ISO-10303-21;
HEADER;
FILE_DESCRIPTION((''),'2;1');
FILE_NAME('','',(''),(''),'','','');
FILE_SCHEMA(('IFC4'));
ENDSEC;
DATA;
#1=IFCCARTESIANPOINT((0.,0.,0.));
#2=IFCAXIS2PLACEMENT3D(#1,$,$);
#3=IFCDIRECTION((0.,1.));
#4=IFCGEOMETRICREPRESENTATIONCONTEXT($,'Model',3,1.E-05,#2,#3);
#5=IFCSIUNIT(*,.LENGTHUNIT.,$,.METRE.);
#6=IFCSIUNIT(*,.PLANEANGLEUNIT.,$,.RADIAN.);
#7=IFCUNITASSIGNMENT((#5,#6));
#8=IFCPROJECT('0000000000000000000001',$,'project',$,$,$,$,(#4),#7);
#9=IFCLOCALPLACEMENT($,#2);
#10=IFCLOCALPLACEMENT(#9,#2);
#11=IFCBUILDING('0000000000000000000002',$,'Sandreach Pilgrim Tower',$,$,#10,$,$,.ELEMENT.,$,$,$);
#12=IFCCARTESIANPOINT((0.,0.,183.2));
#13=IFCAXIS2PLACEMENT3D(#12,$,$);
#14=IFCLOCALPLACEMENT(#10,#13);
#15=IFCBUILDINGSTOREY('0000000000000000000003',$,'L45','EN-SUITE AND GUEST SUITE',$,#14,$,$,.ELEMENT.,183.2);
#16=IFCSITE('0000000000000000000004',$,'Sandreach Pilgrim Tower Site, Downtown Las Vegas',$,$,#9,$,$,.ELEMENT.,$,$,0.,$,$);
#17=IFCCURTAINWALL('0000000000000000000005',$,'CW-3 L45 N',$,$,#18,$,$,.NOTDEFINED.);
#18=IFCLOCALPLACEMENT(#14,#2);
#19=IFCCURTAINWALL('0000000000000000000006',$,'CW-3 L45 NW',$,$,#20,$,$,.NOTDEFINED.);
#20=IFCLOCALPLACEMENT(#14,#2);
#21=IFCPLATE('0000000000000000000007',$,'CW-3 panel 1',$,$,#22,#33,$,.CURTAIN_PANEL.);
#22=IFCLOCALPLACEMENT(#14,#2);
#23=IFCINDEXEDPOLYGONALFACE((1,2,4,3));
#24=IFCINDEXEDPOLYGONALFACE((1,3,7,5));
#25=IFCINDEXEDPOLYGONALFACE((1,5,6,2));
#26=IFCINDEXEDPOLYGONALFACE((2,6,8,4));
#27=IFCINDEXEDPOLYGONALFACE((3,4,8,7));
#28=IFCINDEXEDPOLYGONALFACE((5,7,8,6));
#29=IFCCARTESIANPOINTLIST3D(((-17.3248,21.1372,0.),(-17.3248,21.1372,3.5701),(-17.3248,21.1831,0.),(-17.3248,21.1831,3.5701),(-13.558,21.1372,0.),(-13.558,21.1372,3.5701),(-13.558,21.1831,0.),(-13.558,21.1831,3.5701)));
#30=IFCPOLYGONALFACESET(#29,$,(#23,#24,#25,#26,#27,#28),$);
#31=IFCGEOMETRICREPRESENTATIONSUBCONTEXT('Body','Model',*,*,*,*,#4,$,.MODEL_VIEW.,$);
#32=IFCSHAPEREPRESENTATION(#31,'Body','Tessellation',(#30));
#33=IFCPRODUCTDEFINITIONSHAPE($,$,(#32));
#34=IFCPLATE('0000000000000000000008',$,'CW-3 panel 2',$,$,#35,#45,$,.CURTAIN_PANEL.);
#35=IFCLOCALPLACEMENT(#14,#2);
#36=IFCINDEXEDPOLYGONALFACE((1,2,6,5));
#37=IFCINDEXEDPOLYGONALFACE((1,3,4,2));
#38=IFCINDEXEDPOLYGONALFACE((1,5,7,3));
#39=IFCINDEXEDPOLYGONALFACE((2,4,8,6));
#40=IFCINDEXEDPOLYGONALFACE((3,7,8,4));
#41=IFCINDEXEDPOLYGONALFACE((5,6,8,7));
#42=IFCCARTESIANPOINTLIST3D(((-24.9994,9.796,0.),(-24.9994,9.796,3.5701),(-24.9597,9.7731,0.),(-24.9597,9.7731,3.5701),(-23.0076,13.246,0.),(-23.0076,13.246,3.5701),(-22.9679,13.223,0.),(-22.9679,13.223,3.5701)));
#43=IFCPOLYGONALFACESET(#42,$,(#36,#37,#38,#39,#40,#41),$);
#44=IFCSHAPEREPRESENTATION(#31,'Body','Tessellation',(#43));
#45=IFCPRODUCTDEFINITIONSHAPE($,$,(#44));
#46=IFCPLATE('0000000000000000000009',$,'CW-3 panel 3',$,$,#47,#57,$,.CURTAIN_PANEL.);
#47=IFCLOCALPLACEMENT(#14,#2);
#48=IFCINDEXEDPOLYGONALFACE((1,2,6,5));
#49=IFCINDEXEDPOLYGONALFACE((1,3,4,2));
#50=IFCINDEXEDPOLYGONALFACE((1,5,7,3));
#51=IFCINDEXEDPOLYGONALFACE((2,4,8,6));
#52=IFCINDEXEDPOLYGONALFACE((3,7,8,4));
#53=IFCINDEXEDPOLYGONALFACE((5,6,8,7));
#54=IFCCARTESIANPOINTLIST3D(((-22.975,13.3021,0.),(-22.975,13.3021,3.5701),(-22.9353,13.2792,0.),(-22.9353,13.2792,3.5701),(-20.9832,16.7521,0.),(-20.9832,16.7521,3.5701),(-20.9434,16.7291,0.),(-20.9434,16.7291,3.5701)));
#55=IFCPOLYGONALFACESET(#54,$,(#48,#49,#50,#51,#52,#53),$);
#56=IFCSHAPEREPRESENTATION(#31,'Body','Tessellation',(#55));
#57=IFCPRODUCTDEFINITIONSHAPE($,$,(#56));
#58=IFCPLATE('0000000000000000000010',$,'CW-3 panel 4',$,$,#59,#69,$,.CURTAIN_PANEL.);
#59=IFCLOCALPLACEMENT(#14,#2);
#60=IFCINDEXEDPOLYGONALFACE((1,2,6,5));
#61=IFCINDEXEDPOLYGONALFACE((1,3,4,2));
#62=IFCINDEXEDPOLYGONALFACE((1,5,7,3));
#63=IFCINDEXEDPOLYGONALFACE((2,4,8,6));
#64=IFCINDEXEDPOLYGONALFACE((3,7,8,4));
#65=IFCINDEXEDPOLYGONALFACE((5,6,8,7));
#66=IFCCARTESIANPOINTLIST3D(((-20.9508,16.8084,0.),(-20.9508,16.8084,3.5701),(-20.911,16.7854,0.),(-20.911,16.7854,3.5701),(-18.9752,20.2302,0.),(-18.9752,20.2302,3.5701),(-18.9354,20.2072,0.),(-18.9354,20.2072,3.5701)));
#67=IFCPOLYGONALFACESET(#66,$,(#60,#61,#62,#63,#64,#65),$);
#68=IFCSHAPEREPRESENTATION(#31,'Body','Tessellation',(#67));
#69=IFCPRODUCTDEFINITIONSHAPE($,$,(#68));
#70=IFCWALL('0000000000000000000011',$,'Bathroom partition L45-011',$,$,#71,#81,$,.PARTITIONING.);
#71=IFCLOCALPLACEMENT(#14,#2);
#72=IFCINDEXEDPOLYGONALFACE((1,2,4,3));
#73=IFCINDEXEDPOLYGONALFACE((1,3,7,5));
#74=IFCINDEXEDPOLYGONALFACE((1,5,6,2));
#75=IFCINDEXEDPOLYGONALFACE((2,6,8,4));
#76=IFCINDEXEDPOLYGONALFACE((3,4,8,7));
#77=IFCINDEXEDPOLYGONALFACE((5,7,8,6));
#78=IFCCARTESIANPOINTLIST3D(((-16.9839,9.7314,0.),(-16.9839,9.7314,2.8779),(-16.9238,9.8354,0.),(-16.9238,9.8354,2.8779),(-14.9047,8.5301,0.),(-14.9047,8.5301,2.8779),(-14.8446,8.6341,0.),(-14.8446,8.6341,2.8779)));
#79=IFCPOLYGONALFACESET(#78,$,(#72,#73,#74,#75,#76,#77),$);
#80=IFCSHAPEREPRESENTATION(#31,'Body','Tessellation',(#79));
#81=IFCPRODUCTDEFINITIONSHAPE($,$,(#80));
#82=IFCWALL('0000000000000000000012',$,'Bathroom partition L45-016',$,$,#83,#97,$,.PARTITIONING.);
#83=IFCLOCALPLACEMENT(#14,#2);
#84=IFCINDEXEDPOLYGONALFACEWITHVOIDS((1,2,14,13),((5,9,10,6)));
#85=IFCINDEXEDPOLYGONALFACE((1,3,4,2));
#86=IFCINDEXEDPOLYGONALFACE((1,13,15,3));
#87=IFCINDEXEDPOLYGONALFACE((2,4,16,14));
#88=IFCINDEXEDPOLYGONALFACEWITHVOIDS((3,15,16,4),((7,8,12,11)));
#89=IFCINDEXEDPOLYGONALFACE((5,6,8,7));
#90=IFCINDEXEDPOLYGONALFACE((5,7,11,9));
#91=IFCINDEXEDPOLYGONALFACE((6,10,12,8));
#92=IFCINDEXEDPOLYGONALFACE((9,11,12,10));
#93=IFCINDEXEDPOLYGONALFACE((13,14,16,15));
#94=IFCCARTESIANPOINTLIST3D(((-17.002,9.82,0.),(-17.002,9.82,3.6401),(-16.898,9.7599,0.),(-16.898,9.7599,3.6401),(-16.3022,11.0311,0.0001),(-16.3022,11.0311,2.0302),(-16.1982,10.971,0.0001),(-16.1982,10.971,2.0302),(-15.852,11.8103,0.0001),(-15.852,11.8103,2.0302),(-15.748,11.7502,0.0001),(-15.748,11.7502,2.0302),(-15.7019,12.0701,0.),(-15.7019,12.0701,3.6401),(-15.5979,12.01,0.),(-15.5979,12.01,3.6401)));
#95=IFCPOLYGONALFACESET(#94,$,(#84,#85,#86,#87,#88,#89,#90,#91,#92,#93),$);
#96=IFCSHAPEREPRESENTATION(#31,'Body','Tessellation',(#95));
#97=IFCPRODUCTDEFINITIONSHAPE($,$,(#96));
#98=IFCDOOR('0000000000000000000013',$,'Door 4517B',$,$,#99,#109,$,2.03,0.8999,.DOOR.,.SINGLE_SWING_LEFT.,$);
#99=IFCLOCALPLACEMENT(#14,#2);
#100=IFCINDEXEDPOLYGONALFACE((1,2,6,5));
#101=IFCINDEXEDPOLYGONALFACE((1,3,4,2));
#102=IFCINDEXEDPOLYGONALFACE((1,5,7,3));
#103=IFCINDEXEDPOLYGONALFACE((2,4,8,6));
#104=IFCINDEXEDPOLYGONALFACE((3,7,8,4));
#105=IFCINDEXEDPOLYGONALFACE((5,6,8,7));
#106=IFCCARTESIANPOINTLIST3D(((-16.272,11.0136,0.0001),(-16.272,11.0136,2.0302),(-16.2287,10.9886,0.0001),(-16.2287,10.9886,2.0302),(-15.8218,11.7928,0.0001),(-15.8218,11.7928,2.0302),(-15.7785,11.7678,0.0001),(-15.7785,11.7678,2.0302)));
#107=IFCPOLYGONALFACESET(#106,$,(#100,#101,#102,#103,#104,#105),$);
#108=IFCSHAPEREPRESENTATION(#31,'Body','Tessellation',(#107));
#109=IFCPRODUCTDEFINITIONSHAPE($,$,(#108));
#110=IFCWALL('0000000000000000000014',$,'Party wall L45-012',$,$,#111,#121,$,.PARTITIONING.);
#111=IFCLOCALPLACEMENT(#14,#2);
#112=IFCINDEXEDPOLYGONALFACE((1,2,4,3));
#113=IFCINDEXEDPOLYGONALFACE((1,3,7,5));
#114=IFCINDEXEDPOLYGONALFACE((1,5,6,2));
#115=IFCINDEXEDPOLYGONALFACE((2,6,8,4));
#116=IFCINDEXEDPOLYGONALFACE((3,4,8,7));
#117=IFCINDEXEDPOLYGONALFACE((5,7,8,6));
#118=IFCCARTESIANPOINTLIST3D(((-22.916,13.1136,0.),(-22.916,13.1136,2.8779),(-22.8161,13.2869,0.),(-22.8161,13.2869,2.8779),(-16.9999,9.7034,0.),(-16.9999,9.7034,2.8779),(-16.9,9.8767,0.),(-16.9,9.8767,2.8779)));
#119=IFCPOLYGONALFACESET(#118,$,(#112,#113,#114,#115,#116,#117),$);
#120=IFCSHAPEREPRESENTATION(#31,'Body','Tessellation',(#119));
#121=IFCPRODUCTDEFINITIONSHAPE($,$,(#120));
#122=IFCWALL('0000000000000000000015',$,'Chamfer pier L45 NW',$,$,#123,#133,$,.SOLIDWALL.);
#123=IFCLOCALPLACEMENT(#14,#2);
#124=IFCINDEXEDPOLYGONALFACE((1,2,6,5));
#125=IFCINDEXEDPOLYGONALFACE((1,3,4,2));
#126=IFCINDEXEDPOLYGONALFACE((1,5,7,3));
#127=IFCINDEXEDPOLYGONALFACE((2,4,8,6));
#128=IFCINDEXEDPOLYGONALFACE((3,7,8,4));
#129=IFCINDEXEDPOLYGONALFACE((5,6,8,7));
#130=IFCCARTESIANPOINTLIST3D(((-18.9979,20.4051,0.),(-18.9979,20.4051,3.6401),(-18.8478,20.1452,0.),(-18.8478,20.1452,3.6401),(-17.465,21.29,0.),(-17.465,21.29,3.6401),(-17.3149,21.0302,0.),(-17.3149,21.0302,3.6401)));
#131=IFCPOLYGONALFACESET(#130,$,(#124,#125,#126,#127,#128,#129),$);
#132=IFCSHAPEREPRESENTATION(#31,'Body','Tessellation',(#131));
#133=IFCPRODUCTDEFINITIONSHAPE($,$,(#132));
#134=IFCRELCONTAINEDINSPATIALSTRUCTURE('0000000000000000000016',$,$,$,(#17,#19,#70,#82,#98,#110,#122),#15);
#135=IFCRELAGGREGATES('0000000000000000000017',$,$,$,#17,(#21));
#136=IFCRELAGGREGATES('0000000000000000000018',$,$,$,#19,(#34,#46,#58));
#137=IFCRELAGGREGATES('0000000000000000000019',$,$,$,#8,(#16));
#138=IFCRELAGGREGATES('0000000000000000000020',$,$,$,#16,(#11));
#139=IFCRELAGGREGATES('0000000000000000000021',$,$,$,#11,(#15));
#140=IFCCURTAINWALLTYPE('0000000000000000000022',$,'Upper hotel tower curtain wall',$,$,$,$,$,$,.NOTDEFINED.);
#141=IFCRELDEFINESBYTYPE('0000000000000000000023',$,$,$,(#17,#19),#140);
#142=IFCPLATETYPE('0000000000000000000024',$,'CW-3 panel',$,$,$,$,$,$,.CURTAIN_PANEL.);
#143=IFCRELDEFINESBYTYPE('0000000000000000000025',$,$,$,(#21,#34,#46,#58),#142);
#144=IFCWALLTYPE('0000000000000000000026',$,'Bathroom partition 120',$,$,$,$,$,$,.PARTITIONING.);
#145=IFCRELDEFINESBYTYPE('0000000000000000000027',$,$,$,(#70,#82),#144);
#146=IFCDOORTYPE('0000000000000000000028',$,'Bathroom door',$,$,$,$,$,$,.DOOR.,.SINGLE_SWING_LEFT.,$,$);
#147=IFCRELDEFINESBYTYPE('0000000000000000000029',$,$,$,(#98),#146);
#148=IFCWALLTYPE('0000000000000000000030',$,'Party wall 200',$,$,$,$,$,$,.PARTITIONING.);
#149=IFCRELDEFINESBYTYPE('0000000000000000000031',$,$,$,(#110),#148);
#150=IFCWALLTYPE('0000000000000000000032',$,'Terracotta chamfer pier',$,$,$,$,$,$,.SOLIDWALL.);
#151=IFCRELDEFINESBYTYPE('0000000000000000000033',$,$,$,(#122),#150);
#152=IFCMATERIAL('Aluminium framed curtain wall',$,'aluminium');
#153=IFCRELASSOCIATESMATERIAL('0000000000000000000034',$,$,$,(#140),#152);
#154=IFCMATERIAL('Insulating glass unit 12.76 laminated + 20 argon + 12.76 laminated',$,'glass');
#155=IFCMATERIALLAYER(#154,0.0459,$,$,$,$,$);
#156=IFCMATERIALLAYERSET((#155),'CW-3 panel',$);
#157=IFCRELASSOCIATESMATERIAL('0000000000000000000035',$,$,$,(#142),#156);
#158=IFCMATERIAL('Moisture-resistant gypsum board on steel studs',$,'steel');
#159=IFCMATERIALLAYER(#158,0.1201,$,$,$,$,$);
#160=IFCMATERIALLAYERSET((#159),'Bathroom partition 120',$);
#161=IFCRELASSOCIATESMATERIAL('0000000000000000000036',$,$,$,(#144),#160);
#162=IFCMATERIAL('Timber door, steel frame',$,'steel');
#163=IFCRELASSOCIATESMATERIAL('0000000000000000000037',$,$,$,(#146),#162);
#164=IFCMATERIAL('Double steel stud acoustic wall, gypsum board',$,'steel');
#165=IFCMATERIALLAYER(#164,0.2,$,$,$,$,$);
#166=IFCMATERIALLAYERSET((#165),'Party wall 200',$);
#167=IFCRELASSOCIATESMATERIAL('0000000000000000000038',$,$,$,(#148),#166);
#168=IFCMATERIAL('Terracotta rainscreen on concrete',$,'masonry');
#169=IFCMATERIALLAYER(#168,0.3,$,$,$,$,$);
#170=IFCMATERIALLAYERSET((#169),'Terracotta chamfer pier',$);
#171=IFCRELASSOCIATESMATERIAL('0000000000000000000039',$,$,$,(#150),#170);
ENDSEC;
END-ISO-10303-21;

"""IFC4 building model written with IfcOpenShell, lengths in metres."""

from ifc_helpers import new_model, si_unit, direction, frame, frame_2d, origin, origin_2d, place, context, subcontext, project, spatial, rectangle, extrude, material, layer, layer_set, type_object, element, fill, aggregate, save


model = new_model("IFC4")

# Units and contexts
model_context = context("Model", 3, precision=1e-05, world=origin(), true_north=direction((0.0, 1.0)))
body_context = subcontext(model_context, "Body", "Model", "MODEL_VIEW")
ifc_project = project(units=[si_unit("LENGTHUNIT", "METRE"), si_unit("PLANEANGLEUNIT", "RADIAN")], contexts=[model_context])

# Site, building, storey
site_placement = place(None, origin())
site = spatial("IfcSite", under=ifc_project, at=site_placement, Name="Sandreach Pilgrim Tower Site, Downtown Las Vegas", CompositionType="ELEMENT", RefElevation=0.0)
building_placement = place(site_placement, origin())
building = spatial("IfcBuilding", under=site, at=building_placement, Name="Sandreach Pilgrim Tower", CompositionType="ELEMENT")
storey_placement = place(building_placement, frame((0.0, 0.0, 183.2)))
storey = spatial("IfcBuildingStorey", under=building, at=storey_placement, Name="L45", Description="EN-SUITE AND GUEST SUITE", CompositionType="ELEMENT", Elevation=183.2)

# Curtain wall
ifc_material_1 = material(Name="Aluminium framed curtain wall", Category="aluminium")
curtain_wall_type = type_object("IfcCurtainWallType", Name="Upper hotel tower curtain wall", PredefinedType="NOTDEFINED", material=ifc_material_1)
curtain_wall_1_placement = place(storey_placement, origin())
curtain_wall_1 = element("IfcCurtainWall", 1, at=curtain_wall_1_placement, inside=storey, type_object=curtain_wall_type, Name="CW-3 L45 N", PredefinedType="NOTDEFINED")

# Curtain wall
curtain_wall_2_placement = place(storey_placement, origin())
curtain_wall_2 = element("IfcCurtainWall", 2, at=curtain_wall_2_placement, inside=storey, type_object=curtain_wall_type, Name="CW-3 L45 NW", PredefinedType="NOTDEFINED")

# Plates
ifc_material_2 = material(Name="Insulating glass unit 12.76 laminated + 20 argon + 12.76 laminated", Category="glass")
ifc_layer_1 = layer(ifc_material_2, 0.0459)
ifc_layer_set_1 = layer_set([ifc_layer_1], Name="CW-3 panel")
plate_type = type_object("IfcPlateType", Name="CW-3 panel", PredefinedType="CURTAIN_PANEL", material=ifc_layer_set_1)
plate_1_placement = place(storey_placement, frame((-15.4414, 21.1602, 0.0), z_axis=(0.0, 0.0, 1.0), x_axis=(1.0, 0.0, 0.0)))
plate_1 = element("IfcPlate", 3, at=plate_1_placement, type_object=plate_type, Name="CW-3 panel 1", PredefinedType="CURTAIN_PANEL", context=body_context, shape_type="SweptSolid", body=[
    extrude(rectangle(XDim=3.7668, YDim=0.0459, at=origin_2d()), origin(), (0.0, 0.0, 1.0), 3.5701),
])
aggregate(curtain_wall_1, [plate_1])
plate_2_placement = place(storey_placement, frame((-23.9836, 11.5095, 0.0), z_axis=(0.0, 0.0, 1.0), x_axis=(0.5, 0.866025, 0.0)))
plate_2 = element("IfcPlate", 4, at=plate_2_placement, type_object=plate_type, Name="CW-3 panel 2", PredefinedType="CURTAIN_PANEL", context=body_context, shape_type="SweptSolid", body=[
    extrude(rectangle(XDim=3.9836, YDim=0.0459, at=origin_2d()), origin(), (0.0, 0.0, 1.0), 3.5701),
])
plate_3_placement = place(storey_placement, frame((-21.9592, 15.0156, 0.0), z_axis=(0.0, 0.0, 1.0), x_axis=(0.5, 0.866025, 0.0)))
plate_3 = element("IfcPlate", 5, at=plate_3_placement, type_object=plate_type, Name="CW-3 panel 3", PredefinedType="CURTAIN_PANEL", context=body_context, shape_type="SweptSolid", body=[
    extrude(rectangle(XDim=3.9836, YDim=0.0459, at=origin_2d()), origin(), (0.0, 0.0, 1.0), 3.5701),
])
plate_4_placement = place(storey_placement, frame((-19.9431, 18.5078, 0.0), z_axis=(0.0, 0.0, 1.0), x_axis=(0.5, 0.866025, 0.0)))
plate_4 = element("IfcPlate", 6, at=plate_4_placement, type_object=plate_type, Name="CW-3 panel 4", PredefinedType="CURTAIN_PANEL", context=body_context, shape_type="SweptSolid", body=[
    extrude(rectangle(XDim=3.9512, YDim=0.0459, at=origin_2d()), origin(), (0.0, 0.0, 1.0), 3.5701),
])
aggregate(curtain_wall_2, [plate_2, plate_3, plate_4])

# Wall
ifc_material_3 = material(Name="Moisture-resistant gypsum board on steel studs", Category="steel")
ifc_layer_2 = layer(ifc_material_3, 0.1201)
ifc_layer_set_2 = layer_set([ifc_layer_2], Name="Bathroom partition 120")
wall_type_1 = type_object("IfcWallType", Name="Bathroom partition 120", PredefinedType="PARTITIONING", material=ifc_layer_set_2)
wall_1_placement = place(storey_placement, frame((-16.9539, 9.7834, 0.0), z_axis=(0.0, 0.0, 1.0), x_axis=(0.865862, -0.500283, 0.0)))
element("IfcWall", 7, at=wall_1_placement, inside=storey, type_object=wall_type_1, Name="Bathroom partition L45-011", PredefinedType="PARTITIONING", context=body_context, shape_type="SweptSolid", body=[
    extrude(rectangle(XDim=2.4014, YDim=0.1201, at=frame_2d((1.2007, 0.0))), origin(), (0.0, 0.0, 1.0), 2.8779),
])

# Wall, opening, door
wall_2_placement = place(storey_placement, frame((-15.6499, 12.04, 0.0), z_axis=(0.0, 0.0, 1.0), x_axis=(-0.500292, -0.865857, 0.0)))
wall_2 = element("IfcWall", 8, at=wall_2_placement, inside=storey, type_object=wall_type_1, Name="Bathroom partition L45-016", PredefinedType="PARTITIONING", context=body_context, shape_type="SweptSolid", body=[
    extrude(rectangle(XDim=2.5986, YDim=0.1201, at=frame_2d((1.2993, 0.0))), origin(), (0.0, 0.0, 1.0), 3.6401),
])
opening_placement = place(wall_2_placement, frame((0.3, 0.0, 0.0)))
opening = element("IfcOpeningElement", 9, at=opening_placement, cuts=wall_2, PredefinedType="OPENING", context=body_context, shape_type="SweptSolid", body=[
    extrude(rectangle(XDim=0.8999, YDim=2.03, at=frame_2d((0.45, 1.0151))), frame((0.0, 0.0601, 0.0), z_axis=(0.0, -1.0, 0.0), x_axis=(1.0, 0.0, 0.0)), (0.0, 0.0, 1.0), 0.1201),
])
ifc_material_4 = material(Name="Timber door, steel frame", Category="steel")
door_type = type_object("IfcDoorType", Name="Bathroom door", OperationType="SINGLE_SWING_LEFT", PredefinedType="DOOR", material=ifc_material_4)
door_placement = place(opening_placement, origin())
door = element("IfcDoor", 10, at=door_placement, inside=storey, type_object=door_type, Name="Door 4517B", OperationType="SINGLE_SWING_LEFT", OverallHeight=2.03, OverallWidth=0.8999, PredefinedType="DOOR", context=body_context, shape_type="SweptSolid", body=[
    extrude(rectangle(XDim=0.8999, YDim=2.03, at=frame_2d((0.45, 1.0151))), frame((0.0, 0.0249, 0.0), z_axis=(0.0, -1.0, 0.0), x_axis=(1.0, 0.0, 0.0)), (0.0, 0.0, 1.0), 0.05),
])
fill(opening, door)

# Walls
ifc_material_5 = material(Name="Double steel stud acoustic wall, gypsum board", Category="steel")
ifc_layer_3 = layer(ifc_material_5, 0.2)
ifc_layer_set_3 = layer_set([ifc_layer_3], Name="Party wall 200")
wall_type_2 = type_object("IfcWallType", Name="Party wall 200", PredefinedType="PARTITIONING", material=ifc_layer_set_3)
wall_3_placement = place(storey_placement, frame((-16.95, 9.79, 0.0), z_axis=(0.0, 0.0, 1.0), x_axis=(-0.866371, 0.499401, 0.0)))
element("IfcWall", 11, at=wall_3_placement, inside=storey, type_object=wall_type_2, Name="Party wall L45-012", PredefinedType="PARTITIONING", context=body_context, shape_type="SweptSolid", body=[
    extrude(rectangle(XDim=6.8286, YDim=0.2, at=frame_2d((3.4143, 0.0))), origin(), (0.0, 0.0, 1.0), 2.8779),
])
ifc_material_6 = material(Name="Terracotta rainscreen on concrete", Category="masonry")
ifc_layer_4 = layer(ifc_material_6, 0.3)
ifc_layer_set_4 = layer_set([ifc_layer_4], Name="Terracotta chamfer pier")
wall_type_3 = type_object("IfcWallType", Name="Terracotta chamfer pier", PredefinedType="SOLIDWALL", material=ifc_layer_set_4)
wall_4_placement = place(storey_placement, frame((-18.9229, 20.2751, 0.0), z_axis=(0.0, 0.0, 1.0), x_axis=(0.866036, 0.499981, 0.0)))
element("IfcWall", 12, at=wall_4_placement, inside=storey, type_object=wall_type_3, Name="Chamfer pier L45 NW", PredefinedType="SOLIDWALL", context=body_context, shape_type="SweptSolid", body=[
    extrude(rectangle(XDim=1.77, YDim=0.3, at=frame_2d((0.885, 0.0))), origin(), (0.0, 0.0, 1.0), 3.6401),
])

save(model, "model.ifc")
